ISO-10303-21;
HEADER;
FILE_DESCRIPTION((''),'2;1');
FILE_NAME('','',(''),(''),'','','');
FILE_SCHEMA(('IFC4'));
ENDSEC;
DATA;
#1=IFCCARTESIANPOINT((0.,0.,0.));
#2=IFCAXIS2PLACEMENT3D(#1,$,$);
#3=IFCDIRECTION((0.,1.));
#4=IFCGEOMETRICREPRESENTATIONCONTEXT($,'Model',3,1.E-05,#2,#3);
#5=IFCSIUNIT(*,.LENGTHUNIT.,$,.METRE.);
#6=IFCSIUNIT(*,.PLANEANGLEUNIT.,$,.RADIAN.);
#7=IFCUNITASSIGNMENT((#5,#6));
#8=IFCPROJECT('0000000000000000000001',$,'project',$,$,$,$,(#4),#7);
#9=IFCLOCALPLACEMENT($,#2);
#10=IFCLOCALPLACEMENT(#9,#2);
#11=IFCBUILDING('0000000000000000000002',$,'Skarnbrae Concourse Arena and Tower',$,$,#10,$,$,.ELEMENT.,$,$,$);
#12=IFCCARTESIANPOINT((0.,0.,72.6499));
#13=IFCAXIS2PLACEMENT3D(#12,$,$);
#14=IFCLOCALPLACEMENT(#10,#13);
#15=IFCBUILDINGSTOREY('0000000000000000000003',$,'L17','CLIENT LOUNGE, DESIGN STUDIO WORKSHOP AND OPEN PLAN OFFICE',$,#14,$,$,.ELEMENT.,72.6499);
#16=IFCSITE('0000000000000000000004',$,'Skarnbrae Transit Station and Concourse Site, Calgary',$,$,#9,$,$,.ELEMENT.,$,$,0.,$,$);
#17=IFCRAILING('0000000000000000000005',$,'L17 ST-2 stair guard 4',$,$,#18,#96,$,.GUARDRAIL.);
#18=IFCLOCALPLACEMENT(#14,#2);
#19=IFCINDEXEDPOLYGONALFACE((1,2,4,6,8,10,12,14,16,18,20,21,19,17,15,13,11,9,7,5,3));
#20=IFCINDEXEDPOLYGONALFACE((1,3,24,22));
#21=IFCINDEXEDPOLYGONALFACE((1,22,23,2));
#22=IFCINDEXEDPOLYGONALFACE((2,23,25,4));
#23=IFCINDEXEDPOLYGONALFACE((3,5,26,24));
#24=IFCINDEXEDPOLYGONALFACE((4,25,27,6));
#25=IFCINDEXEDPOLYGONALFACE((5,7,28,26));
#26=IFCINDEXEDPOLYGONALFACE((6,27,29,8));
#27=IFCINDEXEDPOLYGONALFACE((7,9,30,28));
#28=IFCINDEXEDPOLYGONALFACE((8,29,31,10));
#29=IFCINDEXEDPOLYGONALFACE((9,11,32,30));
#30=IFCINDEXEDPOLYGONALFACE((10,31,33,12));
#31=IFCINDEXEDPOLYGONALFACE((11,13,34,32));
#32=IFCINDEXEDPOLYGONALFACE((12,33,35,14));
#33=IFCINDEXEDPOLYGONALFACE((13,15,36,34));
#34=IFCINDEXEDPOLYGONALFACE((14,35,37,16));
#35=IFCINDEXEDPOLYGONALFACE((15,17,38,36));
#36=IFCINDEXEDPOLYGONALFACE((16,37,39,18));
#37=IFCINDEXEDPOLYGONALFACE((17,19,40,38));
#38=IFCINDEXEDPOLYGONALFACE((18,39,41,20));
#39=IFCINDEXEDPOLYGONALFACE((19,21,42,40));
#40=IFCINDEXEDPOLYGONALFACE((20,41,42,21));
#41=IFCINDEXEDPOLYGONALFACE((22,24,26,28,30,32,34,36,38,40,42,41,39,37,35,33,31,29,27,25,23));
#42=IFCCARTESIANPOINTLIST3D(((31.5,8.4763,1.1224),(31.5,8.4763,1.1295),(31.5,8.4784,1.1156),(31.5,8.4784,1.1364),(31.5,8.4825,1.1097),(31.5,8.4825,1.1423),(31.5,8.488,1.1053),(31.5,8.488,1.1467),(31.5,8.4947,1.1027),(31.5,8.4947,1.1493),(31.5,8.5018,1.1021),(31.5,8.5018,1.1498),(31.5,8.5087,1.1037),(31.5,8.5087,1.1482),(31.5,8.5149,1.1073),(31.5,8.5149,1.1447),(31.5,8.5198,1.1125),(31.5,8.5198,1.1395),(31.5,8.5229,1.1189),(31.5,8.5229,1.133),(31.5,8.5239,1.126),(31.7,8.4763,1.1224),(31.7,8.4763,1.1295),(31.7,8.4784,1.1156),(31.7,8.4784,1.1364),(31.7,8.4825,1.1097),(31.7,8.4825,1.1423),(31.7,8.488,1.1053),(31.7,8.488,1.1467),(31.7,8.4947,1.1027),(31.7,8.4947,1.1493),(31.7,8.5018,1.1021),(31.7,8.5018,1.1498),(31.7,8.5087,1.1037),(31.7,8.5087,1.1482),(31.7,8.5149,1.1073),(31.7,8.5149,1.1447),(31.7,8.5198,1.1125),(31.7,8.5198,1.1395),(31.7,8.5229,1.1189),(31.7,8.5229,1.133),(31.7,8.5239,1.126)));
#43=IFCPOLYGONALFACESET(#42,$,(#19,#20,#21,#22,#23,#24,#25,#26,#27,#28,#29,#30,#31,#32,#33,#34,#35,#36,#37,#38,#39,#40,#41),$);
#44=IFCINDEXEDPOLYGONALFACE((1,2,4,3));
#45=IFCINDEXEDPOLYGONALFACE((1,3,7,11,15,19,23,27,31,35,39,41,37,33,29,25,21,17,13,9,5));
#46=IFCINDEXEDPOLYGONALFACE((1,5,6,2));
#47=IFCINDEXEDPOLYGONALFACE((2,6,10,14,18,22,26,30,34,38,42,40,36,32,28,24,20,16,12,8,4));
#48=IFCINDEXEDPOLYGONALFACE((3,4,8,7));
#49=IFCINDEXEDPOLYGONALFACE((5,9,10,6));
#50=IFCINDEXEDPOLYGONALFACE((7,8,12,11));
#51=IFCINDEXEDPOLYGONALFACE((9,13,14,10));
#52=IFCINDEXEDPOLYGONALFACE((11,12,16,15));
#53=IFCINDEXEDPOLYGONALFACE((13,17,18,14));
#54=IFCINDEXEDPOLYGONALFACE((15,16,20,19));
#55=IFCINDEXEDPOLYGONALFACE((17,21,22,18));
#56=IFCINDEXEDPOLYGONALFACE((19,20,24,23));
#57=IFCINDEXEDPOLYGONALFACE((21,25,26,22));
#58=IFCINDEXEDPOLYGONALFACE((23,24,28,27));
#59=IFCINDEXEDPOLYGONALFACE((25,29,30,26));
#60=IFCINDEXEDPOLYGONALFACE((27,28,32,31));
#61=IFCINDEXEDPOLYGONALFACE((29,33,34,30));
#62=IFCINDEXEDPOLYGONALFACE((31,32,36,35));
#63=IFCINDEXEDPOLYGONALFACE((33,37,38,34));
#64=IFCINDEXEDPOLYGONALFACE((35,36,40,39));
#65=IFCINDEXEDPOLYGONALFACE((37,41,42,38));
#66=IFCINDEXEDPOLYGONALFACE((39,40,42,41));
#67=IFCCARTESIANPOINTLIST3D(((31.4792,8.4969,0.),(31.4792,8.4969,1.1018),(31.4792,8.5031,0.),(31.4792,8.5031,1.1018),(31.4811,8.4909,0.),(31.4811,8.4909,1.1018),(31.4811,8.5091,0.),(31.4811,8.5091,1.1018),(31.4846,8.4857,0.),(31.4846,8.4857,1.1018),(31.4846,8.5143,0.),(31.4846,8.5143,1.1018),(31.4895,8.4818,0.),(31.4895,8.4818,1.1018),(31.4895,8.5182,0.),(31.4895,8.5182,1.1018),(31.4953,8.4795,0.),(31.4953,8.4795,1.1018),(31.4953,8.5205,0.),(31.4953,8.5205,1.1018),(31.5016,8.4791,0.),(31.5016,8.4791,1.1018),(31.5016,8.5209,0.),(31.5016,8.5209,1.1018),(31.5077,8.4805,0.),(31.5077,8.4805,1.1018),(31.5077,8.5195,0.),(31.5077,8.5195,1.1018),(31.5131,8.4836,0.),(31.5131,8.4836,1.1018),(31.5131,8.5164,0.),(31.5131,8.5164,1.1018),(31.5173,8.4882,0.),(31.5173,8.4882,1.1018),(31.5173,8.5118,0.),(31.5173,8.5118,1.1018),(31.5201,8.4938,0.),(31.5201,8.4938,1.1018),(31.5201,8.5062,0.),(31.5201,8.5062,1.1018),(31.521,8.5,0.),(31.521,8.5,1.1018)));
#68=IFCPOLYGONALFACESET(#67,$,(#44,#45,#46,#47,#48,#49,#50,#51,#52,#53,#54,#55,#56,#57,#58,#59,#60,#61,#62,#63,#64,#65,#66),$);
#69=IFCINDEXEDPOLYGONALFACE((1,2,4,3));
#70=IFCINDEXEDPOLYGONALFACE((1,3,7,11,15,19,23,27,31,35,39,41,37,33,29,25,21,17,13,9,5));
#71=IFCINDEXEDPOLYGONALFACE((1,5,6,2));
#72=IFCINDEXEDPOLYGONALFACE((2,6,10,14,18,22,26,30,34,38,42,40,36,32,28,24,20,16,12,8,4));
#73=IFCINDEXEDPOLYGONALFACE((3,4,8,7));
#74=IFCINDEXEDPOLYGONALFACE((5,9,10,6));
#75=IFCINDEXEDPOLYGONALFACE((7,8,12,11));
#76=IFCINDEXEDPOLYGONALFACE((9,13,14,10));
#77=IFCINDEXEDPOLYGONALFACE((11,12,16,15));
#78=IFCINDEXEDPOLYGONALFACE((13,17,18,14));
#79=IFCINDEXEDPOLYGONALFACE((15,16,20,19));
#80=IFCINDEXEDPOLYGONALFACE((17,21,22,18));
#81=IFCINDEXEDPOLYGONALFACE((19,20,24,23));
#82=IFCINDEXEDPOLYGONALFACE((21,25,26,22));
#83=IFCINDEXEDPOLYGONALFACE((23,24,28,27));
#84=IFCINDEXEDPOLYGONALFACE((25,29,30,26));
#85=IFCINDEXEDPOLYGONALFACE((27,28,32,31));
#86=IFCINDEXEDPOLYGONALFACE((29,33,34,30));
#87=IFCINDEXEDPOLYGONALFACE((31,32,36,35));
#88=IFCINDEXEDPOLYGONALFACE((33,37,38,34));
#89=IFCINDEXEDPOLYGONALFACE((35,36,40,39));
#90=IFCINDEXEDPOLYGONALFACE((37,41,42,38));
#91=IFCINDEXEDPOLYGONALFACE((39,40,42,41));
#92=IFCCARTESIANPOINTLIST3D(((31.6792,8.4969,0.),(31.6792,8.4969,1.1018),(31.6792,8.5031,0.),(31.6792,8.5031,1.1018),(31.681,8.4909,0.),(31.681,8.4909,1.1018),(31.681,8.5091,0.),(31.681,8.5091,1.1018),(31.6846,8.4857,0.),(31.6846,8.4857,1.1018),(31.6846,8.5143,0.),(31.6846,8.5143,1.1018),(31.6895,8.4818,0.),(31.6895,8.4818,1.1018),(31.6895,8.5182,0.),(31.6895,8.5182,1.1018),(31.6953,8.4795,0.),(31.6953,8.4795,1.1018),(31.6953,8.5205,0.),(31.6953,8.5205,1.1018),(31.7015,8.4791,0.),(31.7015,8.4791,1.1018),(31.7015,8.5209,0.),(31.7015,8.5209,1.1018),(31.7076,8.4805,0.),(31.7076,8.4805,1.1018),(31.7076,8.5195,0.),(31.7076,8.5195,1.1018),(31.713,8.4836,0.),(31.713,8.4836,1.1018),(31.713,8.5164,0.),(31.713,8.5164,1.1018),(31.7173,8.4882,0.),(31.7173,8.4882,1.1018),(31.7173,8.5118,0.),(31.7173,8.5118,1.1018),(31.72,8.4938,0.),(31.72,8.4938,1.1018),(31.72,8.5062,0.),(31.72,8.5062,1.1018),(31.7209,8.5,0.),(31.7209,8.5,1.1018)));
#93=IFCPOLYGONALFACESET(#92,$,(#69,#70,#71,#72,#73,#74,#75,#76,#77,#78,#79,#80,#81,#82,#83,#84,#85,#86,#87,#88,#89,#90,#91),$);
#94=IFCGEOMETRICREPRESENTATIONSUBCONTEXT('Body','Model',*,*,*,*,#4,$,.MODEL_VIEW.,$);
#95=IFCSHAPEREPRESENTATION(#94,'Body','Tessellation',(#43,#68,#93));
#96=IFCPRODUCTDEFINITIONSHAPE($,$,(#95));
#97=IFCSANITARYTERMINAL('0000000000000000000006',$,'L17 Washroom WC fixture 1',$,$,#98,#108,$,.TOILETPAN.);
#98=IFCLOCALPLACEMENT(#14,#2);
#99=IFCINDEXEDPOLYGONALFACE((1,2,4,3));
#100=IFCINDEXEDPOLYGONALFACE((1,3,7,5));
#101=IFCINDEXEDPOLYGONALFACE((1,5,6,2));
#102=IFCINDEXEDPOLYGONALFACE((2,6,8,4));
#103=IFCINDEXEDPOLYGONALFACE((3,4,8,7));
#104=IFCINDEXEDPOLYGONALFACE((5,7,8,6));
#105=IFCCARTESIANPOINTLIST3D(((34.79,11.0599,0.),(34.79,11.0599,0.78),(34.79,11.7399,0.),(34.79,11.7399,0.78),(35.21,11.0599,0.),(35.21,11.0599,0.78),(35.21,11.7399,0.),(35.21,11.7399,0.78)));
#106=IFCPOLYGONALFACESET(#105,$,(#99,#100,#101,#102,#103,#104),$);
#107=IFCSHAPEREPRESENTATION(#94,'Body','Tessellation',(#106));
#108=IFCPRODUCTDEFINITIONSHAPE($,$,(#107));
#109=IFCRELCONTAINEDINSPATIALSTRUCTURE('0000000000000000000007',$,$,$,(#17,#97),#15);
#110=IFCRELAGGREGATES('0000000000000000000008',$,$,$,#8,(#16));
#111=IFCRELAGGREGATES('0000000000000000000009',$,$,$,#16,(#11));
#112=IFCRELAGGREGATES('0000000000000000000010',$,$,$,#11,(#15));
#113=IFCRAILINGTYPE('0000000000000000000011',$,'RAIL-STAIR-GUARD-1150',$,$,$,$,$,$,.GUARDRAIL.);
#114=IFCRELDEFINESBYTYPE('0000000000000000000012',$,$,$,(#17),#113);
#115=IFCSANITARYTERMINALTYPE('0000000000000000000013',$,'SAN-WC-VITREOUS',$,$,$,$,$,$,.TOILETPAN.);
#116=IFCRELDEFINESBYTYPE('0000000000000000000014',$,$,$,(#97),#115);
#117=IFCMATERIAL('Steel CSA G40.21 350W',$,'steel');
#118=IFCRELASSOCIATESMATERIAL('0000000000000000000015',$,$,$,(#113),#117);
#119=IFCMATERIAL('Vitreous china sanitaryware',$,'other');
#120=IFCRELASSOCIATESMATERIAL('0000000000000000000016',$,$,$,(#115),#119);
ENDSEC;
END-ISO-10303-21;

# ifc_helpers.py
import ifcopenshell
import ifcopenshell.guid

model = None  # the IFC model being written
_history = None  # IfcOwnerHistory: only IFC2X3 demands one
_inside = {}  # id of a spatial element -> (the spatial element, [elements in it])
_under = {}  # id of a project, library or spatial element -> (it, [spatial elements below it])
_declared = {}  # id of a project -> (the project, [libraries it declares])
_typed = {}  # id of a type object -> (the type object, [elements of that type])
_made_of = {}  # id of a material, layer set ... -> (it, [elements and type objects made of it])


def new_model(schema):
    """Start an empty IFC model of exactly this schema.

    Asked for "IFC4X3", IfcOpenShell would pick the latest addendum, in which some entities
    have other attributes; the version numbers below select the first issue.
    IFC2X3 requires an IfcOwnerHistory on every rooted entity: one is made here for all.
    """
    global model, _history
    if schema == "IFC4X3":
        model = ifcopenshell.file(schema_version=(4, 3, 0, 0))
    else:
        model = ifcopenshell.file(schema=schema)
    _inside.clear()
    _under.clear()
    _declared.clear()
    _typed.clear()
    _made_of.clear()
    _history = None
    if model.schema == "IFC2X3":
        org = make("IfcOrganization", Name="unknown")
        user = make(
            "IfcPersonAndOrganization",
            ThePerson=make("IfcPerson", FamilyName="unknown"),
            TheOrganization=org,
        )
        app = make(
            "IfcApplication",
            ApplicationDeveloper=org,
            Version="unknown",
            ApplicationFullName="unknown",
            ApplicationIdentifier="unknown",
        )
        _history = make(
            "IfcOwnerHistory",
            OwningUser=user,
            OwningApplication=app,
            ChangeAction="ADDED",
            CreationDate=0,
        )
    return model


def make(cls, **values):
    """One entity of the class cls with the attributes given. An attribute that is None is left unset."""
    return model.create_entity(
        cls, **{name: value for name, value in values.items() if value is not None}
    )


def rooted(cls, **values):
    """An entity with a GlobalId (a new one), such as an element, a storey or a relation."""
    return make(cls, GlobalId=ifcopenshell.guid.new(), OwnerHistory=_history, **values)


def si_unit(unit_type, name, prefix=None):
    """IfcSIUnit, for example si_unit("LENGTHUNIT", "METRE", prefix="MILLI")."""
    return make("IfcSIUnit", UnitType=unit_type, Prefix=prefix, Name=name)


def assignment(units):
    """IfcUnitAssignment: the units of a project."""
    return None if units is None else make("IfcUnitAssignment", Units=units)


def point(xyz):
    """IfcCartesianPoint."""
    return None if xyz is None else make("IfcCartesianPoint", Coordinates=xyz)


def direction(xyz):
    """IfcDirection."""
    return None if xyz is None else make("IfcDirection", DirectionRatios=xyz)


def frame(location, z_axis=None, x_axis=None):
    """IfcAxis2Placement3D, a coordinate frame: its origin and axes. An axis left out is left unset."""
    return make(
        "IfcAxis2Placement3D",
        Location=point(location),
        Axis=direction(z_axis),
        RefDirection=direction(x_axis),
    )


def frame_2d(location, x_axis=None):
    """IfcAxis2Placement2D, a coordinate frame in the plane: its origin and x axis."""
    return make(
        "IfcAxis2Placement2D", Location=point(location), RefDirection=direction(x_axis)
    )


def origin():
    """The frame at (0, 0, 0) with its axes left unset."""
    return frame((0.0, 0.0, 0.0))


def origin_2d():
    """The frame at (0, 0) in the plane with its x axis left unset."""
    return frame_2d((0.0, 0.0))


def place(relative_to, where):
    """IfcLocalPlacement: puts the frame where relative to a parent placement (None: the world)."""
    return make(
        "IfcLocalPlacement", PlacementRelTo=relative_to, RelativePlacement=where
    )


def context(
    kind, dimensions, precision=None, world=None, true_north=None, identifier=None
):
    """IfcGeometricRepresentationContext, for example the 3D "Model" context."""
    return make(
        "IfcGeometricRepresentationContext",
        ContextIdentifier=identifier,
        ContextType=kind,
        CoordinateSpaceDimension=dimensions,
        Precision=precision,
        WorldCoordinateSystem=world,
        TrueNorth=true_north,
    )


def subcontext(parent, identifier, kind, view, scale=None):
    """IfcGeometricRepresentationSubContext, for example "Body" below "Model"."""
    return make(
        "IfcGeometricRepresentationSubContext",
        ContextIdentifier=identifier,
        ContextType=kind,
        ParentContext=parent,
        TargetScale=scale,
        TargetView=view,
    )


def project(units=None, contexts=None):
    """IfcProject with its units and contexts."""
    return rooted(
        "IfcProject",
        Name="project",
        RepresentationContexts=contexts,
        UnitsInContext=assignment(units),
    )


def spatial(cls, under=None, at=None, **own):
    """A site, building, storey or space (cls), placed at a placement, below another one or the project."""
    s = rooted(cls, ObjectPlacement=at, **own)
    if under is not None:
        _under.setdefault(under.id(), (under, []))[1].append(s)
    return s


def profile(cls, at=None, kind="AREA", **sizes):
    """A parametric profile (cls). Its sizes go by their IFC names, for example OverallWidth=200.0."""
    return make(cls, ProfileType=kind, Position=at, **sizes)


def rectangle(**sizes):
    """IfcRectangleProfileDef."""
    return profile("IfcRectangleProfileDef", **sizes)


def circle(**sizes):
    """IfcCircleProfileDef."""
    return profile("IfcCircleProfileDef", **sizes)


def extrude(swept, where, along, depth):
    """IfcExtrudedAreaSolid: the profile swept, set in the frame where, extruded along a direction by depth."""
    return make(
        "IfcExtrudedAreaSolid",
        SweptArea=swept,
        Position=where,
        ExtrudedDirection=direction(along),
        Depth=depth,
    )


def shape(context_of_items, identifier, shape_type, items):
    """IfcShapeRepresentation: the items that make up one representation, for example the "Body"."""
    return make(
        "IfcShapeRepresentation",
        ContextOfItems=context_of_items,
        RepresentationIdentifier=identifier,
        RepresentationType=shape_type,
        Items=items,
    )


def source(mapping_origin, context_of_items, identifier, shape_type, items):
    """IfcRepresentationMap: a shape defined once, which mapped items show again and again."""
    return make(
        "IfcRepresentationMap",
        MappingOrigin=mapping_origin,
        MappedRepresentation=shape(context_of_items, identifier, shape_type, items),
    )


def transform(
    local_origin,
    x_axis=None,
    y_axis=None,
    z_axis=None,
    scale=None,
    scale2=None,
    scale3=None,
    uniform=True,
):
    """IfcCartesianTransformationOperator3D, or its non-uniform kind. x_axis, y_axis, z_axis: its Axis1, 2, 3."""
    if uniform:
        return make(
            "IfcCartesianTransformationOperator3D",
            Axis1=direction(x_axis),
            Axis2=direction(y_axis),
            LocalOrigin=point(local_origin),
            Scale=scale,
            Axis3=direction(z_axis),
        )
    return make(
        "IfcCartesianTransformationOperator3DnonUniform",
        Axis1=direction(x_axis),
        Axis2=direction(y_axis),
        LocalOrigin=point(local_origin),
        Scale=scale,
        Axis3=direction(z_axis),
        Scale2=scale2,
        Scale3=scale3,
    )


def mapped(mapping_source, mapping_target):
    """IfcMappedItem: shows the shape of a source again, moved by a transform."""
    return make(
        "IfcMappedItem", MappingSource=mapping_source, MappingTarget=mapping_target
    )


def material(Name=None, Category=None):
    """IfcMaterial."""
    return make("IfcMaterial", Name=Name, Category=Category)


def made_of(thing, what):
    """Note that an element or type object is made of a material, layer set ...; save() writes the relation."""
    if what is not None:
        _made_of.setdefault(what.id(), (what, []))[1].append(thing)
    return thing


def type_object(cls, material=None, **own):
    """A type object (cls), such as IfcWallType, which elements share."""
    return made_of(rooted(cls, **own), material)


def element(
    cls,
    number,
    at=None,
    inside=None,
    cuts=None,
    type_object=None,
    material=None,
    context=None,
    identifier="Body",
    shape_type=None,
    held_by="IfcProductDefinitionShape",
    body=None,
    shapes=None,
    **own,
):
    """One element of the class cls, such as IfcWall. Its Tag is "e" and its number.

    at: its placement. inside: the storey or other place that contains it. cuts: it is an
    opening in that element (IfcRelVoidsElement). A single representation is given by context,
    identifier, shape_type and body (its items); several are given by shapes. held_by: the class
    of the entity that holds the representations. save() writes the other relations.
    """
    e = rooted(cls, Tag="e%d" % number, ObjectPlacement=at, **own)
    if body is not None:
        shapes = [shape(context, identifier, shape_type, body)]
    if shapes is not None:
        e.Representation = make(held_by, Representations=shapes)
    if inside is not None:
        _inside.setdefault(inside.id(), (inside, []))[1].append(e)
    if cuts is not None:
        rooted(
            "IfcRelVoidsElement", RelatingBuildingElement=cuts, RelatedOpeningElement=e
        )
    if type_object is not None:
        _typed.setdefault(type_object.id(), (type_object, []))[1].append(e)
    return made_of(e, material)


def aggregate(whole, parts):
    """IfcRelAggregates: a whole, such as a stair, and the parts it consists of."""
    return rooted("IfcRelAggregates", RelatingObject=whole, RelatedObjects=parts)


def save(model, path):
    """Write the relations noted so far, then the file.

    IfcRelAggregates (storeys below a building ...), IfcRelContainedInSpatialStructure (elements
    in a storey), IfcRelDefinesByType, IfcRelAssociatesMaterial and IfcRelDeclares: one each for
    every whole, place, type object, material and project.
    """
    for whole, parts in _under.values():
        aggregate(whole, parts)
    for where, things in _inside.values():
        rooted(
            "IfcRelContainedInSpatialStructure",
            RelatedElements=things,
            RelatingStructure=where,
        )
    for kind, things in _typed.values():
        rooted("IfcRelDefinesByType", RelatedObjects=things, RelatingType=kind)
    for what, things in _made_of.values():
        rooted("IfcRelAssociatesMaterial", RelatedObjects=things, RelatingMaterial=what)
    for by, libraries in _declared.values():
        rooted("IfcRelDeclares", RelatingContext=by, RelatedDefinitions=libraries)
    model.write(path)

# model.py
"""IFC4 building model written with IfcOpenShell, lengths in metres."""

from ifc_helpers import new_model, si_unit, direction, frame, origin, origin_2d, place, context, subcontext, project, spatial, rectangle, circle, extrude, source, transform, mapped, material, type_object, element, save


model = new_model("IFC4")

# Units and contexts
model_context = context("Model", 3, precision=1e-05, world=origin(), true_north=direction((0.0, 1.0)))
body_context = subcontext(model_context, "Body", "Model", "MODEL_VIEW")
ifc_project = project(units=[si_unit("LENGTHUNIT", "METRE"), si_unit("PLANEANGLEUNIT", "RADIAN")], contexts=[model_context])

# Site, building, storey
site_placement = place(None, origin())
site = spatial("IfcSite", under=ifc_project, at=site_placement, Name="Skarnbrae Transit Station and Concourse Site, Calgary", CompositionType="ELEMENT", RefElevation=0.0)
building_placement = place(site_placement, origin())
building = spatial("IfcBuilding", under=site, at=building_placement, Name="Skarnbrae Concourse Arena and Tower", CompositionType="ELEMENT")
storey_placement = place(building_placement, frame((0.0, 0.0, 72.6499)))
storey = spatial("IfcBuildingStorey", under=building, at=storey_placement, Name="L17", Description="CLIENT LOUNGE, DESIGN STUDIO WORKSHOP AND OPEN PLAN OFFICE", CompositionType="ELEMENT", Elevation=72.6499)

# Shared definitions
ifc_material_1 = material(Name="Steel CSA G40.21 350W", Category="steel")

# Railing
railing_type_1 = type_object("IfcRailingType", Name="RAIL-STAIR-GUARD-1150", PredefinedType="GUARDRAIL", material=ifc_material_1)
railing_1_placement = place(storey_placement, frame((31.5, 8.5, 0.0)))
element("IfcRailing", 1, at=railing_1_placement, inside=storey, type_object=railing_type_1, Name="L17 ST-2 stair guard 4", PredefinedType="GUARDRAIL", context=body_context, shape_type="SweptSolid", body=[
    extrude(circle(Radius=0.0239, at=origin_2d()), frame((0.0, 0.0, 1.126), z_axis=(1.0, 0.0, 0.0), x_axis=(0.0, 1.0, 0.0)), (0.0, 0.0, 1.0), 0.2),
    extrude(circle(Radius=0.021, at=origin_2d()), origin(), (0.0, 0.0, 1.0), 1.1018),
    extrude(circle(Radius=0.021, at=origin_2d()), frame((0.2, 0.0, 0.0)), (0.0, 0.0, 1.0), 1.1018),
])

# Sanitary terminal
ifc_material_2 = material(Name="Vitreous china sanitaryware", Category="other")
sanitary_terminal_type = type_object("IfcSanitaryTerminalType", Name="SAN-WC-VITREOUS", PredefinedType="TOILETPAN", material=ifc_material_2)
shared_shape_1 = source(origin(), body_context, "Body", "SweptSolid", [
    extrude(rectangle(XDim=0.4199, YDim=0.6799, at=origin_2d()), origin(), (0.0, 0.0, 1.0), 0.78),
])
sanitary_terminal_placement = place(storey_placement, frame((35.0, 11.3999, 0.0), z_axis=(0.0, 0.0, 1.0), x_axis=(1.0, 0.0, 0.0)))
element("IfcSanitaryTerminal", 2, at=sanitary_terminal_placement, inside=storey, type_object=sanitary_terminal_type, Name="L17 Washroom WC fixture 1", PredefinedType="TOILETPAN", context=body_context, shape_type="MappedRepresentation", body=[
    mapped(shared_shape_1, transform((0.0, 0.0, 0.0))),
])

save(model, "model.ifc")
